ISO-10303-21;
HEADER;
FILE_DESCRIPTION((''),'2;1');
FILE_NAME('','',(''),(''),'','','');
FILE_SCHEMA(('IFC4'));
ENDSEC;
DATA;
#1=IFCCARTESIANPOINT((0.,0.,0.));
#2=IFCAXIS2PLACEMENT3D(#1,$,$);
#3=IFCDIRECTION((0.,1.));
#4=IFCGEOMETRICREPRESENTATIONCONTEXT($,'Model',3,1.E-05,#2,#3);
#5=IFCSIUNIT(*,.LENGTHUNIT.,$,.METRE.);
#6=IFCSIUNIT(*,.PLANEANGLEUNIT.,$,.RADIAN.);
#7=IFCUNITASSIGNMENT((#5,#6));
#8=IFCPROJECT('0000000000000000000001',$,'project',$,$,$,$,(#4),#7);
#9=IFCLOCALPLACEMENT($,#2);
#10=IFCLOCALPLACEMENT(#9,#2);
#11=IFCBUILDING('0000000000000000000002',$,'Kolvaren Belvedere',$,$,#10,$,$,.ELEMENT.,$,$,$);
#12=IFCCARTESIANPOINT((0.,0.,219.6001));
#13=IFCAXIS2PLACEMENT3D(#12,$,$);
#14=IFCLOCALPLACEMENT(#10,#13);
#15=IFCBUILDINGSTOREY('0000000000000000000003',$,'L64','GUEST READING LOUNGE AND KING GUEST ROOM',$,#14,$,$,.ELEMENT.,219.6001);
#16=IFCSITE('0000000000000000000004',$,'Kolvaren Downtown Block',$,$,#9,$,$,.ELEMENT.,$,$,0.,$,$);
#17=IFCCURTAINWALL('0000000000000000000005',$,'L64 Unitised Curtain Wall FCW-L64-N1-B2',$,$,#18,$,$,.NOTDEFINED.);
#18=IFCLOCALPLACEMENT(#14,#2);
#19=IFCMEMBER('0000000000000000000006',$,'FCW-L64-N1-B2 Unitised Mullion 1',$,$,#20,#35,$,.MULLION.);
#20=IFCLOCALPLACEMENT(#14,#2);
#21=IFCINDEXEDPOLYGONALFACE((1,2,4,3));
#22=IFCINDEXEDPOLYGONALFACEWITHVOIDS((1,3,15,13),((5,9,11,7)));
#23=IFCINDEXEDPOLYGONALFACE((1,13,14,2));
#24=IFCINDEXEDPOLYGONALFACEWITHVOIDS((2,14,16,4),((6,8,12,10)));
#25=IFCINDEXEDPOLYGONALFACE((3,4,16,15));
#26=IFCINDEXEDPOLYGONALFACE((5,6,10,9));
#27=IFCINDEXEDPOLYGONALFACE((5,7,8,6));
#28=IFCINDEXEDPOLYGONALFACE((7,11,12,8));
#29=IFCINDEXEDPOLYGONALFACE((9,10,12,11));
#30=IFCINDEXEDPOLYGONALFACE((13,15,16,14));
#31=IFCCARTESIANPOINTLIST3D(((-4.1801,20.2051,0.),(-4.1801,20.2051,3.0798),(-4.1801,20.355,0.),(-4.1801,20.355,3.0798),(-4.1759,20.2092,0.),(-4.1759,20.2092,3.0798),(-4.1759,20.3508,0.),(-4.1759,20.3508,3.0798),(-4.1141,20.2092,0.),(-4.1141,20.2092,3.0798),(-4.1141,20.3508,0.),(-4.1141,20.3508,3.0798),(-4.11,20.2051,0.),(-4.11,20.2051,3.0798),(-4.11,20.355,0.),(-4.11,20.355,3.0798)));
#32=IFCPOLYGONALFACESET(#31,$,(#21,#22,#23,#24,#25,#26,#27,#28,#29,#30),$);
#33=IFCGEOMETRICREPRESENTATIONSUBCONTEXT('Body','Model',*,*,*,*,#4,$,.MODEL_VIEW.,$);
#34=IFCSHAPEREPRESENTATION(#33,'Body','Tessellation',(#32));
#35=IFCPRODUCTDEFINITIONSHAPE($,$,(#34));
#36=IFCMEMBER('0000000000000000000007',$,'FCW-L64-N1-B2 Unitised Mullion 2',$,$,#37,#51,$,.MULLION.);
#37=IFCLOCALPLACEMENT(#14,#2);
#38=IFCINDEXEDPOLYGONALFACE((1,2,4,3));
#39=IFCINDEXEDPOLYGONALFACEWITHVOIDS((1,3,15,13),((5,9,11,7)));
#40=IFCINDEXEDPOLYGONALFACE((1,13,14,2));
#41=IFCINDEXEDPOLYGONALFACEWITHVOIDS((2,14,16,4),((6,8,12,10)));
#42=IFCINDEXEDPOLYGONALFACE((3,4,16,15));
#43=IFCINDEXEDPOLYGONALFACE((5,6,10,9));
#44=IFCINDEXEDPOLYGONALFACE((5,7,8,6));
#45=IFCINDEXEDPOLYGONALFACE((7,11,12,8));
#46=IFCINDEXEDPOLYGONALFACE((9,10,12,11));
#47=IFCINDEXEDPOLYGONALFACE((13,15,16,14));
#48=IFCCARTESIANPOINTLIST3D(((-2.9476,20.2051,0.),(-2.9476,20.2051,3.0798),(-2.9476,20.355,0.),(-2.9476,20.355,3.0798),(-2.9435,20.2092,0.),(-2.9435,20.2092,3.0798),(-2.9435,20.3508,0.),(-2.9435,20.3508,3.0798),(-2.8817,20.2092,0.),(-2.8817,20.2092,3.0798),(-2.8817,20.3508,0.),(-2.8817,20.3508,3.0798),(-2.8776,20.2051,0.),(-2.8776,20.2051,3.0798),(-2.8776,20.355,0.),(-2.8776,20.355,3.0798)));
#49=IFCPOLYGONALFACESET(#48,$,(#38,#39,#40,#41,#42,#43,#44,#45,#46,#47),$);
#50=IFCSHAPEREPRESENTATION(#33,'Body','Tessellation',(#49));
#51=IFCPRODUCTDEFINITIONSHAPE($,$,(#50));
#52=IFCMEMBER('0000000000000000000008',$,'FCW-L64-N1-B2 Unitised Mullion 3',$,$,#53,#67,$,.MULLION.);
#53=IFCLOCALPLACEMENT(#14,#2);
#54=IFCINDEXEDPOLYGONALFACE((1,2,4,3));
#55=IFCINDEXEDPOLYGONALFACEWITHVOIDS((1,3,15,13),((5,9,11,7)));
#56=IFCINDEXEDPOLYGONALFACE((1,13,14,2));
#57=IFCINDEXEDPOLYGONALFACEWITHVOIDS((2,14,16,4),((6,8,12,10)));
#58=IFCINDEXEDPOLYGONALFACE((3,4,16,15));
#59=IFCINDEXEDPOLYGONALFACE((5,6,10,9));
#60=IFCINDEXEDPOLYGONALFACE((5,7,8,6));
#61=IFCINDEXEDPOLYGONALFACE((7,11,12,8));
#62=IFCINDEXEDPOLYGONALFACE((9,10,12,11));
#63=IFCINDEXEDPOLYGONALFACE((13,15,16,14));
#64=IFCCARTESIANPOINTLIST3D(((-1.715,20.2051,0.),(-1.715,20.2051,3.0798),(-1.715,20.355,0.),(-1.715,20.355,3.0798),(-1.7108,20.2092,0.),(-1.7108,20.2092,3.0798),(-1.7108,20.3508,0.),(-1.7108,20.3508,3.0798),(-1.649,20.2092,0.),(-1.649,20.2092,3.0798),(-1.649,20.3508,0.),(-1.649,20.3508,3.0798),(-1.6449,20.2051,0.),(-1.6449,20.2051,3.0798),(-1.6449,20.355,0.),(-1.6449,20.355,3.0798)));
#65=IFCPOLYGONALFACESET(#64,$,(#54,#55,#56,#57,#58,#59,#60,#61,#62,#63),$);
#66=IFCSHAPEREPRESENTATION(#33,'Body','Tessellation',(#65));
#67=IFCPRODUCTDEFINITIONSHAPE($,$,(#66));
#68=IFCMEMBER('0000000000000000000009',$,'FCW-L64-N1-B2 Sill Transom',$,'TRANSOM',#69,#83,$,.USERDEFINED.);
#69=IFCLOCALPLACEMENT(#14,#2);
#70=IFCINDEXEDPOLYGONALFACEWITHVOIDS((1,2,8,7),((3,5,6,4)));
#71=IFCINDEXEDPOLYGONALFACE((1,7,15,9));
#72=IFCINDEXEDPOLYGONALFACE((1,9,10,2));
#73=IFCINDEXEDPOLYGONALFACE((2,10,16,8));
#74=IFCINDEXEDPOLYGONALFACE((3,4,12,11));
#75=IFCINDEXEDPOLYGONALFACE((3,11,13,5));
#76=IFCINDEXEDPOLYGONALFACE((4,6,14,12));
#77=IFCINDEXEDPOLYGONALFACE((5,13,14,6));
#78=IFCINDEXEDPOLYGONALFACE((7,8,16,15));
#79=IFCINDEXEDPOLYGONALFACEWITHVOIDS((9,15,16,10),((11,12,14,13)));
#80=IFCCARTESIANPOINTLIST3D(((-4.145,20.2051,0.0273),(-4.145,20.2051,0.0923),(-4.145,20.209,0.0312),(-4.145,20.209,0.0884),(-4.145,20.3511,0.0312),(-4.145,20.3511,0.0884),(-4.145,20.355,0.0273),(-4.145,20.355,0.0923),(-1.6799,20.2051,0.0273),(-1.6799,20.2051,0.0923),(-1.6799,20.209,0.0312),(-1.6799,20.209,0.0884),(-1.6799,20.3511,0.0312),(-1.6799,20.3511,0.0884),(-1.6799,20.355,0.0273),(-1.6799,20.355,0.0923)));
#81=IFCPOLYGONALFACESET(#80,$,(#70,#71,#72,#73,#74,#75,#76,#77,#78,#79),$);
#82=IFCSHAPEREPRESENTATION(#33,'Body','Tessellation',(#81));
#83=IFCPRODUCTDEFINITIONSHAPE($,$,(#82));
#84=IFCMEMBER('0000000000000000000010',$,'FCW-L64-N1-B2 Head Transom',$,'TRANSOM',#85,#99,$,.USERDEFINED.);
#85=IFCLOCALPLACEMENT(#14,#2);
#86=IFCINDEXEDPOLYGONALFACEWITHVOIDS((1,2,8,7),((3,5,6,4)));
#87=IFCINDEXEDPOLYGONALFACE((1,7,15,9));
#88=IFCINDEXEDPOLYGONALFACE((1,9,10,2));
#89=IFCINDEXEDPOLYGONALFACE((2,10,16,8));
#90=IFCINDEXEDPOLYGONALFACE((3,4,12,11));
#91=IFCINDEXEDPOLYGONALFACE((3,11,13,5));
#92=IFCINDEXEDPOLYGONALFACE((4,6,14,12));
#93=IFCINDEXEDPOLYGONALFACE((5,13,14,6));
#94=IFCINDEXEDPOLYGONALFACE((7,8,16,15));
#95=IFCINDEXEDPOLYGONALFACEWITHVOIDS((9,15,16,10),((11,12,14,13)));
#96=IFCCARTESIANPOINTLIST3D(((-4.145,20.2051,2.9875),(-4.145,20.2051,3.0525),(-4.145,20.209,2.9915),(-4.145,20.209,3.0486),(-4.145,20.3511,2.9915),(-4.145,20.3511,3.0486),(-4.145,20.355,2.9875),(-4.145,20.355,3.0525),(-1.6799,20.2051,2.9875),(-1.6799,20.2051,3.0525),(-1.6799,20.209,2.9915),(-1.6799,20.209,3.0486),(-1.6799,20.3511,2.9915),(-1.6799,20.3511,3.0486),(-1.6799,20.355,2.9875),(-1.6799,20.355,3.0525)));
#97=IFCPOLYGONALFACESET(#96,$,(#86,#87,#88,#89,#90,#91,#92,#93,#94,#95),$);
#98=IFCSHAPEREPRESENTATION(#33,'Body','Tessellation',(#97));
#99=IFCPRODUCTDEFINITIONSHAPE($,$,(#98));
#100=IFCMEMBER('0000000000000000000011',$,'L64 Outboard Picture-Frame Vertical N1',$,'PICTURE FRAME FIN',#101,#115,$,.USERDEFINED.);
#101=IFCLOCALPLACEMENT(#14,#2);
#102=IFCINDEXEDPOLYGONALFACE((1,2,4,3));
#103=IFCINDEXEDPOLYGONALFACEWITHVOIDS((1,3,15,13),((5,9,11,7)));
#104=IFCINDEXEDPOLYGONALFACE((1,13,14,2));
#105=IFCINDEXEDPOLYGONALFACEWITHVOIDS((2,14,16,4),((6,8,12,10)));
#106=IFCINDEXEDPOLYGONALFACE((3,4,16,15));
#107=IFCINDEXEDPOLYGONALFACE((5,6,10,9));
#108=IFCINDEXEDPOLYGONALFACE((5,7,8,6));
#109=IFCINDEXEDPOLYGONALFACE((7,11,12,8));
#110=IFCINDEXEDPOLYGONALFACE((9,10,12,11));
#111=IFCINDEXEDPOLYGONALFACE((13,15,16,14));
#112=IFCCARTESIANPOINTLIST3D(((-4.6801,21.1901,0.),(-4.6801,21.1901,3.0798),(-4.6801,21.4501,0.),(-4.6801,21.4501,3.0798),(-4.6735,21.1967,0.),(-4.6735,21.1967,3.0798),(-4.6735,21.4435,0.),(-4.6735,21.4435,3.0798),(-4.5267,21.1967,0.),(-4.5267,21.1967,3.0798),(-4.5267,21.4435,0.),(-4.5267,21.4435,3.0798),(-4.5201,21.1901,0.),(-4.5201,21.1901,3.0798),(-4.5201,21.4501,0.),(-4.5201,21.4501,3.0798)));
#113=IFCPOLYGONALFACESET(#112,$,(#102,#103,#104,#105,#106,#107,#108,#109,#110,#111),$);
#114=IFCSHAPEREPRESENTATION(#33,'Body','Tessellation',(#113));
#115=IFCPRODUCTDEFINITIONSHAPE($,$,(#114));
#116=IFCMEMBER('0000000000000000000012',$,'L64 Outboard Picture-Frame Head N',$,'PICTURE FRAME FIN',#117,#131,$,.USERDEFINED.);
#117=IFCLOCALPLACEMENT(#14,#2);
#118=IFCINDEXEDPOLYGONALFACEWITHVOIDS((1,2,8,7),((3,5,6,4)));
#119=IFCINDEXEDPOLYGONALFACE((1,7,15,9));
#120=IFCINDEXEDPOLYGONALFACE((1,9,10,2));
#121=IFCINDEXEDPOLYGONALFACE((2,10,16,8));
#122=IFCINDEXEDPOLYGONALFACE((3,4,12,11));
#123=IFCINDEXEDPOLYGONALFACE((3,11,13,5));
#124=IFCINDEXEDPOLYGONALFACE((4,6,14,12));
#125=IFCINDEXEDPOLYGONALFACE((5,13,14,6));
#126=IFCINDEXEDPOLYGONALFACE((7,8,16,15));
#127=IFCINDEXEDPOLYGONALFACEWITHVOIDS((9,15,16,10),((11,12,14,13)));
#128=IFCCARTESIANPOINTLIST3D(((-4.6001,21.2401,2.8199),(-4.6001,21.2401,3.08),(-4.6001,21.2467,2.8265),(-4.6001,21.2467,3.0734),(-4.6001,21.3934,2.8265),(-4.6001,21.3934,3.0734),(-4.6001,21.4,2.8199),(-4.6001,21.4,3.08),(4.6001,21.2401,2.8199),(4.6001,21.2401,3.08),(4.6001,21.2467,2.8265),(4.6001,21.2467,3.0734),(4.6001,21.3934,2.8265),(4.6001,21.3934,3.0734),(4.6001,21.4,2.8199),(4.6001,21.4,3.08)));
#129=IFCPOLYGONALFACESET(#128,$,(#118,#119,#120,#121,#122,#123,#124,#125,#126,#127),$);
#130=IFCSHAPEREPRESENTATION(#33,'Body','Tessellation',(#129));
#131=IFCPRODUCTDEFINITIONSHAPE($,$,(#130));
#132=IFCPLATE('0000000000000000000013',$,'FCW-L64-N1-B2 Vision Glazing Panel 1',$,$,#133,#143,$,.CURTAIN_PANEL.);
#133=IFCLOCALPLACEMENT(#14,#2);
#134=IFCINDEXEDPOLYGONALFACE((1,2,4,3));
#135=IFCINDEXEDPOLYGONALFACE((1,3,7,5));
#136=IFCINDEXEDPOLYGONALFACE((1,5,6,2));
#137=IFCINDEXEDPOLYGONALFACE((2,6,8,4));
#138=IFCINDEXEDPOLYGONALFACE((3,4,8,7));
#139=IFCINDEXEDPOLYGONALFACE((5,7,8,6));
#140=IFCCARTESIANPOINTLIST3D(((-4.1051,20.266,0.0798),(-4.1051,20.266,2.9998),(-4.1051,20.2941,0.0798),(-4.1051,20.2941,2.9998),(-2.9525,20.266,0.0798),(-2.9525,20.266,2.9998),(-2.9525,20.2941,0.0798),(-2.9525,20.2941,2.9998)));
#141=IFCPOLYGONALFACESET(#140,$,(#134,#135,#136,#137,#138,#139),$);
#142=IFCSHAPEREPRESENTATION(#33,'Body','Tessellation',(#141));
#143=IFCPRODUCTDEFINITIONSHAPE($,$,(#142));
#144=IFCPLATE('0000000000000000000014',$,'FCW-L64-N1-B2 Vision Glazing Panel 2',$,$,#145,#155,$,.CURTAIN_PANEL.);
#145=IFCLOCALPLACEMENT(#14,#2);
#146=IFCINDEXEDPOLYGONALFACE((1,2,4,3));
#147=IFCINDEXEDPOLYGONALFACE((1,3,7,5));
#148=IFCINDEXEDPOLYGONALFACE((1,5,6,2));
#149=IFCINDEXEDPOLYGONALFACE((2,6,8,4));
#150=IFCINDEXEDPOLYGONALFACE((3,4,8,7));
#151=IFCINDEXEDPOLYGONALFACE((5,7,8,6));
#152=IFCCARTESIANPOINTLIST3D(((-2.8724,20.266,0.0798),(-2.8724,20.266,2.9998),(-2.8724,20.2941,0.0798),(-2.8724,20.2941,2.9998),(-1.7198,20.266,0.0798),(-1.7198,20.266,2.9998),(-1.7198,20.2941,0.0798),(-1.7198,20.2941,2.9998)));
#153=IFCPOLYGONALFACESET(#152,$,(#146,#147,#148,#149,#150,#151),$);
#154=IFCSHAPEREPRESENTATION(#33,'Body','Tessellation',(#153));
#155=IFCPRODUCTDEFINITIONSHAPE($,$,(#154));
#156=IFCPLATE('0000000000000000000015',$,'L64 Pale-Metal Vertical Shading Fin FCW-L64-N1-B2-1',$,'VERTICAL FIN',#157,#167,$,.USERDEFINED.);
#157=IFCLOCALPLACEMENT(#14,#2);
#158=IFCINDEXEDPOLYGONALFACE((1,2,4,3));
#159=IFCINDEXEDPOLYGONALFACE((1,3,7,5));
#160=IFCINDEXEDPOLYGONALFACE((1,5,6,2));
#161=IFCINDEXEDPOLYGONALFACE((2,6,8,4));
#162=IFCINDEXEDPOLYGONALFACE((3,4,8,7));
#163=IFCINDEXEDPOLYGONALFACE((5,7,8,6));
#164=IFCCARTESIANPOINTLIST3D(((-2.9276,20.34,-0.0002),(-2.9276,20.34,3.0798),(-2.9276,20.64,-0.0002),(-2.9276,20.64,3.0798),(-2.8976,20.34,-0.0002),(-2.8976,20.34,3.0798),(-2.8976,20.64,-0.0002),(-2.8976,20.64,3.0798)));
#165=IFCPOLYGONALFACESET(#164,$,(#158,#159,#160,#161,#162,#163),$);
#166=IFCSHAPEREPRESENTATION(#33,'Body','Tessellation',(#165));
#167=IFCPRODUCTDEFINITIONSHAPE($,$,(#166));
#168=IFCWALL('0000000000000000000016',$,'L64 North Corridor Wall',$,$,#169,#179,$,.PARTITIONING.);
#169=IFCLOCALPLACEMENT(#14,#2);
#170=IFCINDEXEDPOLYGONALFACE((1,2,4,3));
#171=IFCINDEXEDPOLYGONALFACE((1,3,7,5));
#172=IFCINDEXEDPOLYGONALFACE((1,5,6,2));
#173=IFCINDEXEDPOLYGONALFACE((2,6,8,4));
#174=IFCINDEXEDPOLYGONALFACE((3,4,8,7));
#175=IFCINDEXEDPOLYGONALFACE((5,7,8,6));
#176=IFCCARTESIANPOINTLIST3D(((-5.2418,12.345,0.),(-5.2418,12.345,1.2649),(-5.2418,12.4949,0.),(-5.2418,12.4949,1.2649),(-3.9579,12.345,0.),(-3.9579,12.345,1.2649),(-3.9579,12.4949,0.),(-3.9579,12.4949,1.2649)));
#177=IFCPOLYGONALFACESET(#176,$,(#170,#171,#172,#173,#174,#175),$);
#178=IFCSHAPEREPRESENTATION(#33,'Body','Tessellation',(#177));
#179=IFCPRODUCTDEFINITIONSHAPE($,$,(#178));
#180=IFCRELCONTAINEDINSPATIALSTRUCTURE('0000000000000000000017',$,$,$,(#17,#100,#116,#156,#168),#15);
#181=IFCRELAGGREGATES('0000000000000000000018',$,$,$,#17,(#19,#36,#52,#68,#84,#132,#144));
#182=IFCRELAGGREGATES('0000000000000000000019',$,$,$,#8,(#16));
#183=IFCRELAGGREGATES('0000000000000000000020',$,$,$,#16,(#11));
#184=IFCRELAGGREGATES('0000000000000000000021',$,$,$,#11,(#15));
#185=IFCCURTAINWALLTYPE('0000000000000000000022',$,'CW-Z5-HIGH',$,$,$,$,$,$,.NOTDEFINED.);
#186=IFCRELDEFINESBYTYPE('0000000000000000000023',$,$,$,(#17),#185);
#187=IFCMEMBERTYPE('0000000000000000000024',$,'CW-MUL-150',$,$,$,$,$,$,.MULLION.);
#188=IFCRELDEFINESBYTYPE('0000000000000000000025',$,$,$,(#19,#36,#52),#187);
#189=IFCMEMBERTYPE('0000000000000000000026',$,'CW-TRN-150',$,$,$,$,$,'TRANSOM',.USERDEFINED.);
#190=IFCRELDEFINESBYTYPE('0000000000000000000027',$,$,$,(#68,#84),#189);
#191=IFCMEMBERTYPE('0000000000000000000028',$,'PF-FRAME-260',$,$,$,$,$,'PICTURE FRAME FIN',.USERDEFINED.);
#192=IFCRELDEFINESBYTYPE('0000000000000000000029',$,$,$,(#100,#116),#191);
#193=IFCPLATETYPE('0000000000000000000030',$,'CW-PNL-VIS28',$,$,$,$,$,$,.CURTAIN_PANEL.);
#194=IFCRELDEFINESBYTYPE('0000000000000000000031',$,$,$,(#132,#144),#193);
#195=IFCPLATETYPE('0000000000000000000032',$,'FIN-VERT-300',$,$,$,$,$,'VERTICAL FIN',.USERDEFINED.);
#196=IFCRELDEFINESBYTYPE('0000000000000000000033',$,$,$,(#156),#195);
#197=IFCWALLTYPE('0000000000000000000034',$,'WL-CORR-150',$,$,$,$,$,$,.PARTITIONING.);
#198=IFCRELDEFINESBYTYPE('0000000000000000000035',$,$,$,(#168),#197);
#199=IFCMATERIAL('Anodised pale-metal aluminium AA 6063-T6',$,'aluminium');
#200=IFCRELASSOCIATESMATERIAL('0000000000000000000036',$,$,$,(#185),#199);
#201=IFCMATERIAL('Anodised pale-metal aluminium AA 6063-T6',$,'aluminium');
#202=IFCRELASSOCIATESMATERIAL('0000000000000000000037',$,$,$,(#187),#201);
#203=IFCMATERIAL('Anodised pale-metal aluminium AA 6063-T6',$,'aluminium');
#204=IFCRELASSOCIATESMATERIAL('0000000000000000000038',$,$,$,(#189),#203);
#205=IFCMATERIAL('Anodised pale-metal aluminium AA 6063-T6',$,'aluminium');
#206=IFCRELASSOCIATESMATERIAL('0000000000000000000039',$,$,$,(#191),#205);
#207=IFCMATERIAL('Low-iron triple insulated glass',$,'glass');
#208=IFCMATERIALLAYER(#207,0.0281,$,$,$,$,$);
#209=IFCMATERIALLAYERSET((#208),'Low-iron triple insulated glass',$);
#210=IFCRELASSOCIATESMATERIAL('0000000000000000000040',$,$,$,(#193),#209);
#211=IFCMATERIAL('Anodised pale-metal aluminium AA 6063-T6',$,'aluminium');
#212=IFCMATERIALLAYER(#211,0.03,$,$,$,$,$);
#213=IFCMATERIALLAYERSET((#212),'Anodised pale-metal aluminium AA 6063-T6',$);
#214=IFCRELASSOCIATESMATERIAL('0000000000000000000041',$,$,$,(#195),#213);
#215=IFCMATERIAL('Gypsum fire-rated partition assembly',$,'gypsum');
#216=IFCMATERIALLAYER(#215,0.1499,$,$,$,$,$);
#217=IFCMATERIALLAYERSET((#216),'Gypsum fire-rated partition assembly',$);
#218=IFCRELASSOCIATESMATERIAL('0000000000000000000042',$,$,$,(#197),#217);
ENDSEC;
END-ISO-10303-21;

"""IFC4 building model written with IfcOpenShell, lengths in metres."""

from ifc_helpers import new_model, si_unit, direction, frame, frame_2d, origin, origin_2d, place, context, subcontext, project, spatial, rectangle, hollow_rectangle, extrude, material, layer, layer_set, material_profile, profile_set, type_object, element, aggregate, save


model = new_model("IFC4")

# Units and contexts
model_context = context("Model", 3, precision=1e-05, world=origin(), true_north=direction((0.0, 1.0)))
body_context = subcontext(model_context, "Body", "Model", "MODEL_VIEW")
ifc_project = project(units=[si_unit("LENGTHUNIT", "METRE"), si_unit("PLANEANGLEUNIT", "RADIAN")], contexts=[model_context])

# Site, building, storey
site_placement = place(None, origin())
site = spatial("IfcSite", under=ifc_project, at=site_placement, Name="Kolvaren Downtown Block", CompositionType="ELEMENT", RefElevation=0.0)
building_placement = place(site_placement, origin())
building = spatial("IfcBuilding", under=site, at=building_placement, Name="Kolvaren Belvedere", CompositionType="ELEMENT")
storey_placement = place(building_placement, frame((0.0, 0.0, 219.6001)))
storey = spatial("IfcBuildingStorey", under=building, at=storey_placement, Name="L64", Description="GUEST READING LOUNGE AND KING GUEST ROOM", CompositionType="ELEMENT", Elevation=219.6001)

# Shared definitions
ifc_material_1 = material(Name="Anodised pale-metal aluminium AA 6063-T6", Category="aluminium")
curtain_wall_type = type_object("IfcCurtainWallType", Name="CW-Z5-HIGH", PredefinedType="NOTDEFINED", material=ifc_material_1)
ifc_material_2 = material(Name="Anodised pale-metal aluminium AA 6063-T6", Category="aluminium")
ifc_material_profile_1 = material_profile(ifc_material_2, hollow_rectangle(XDim=0.0701, YDim=0.1499, WallThickness=0.0042, at=origin_2d()), Name="ALU-MUL-150X70")
ifc_profile_set_1 = profile_set([ifc_material_profile_1], Name="Anodised pale-metal aluminium AA 6063-T6")
member_type_1 = type_object("IfcMemberType", Name="CW-MUL-150", PredefinedType="MULLION", material=ifc_profile_set_1)

# Curtain wall, members
curtain_wall_1_placement = place(storey_placement, origin())
curtain_wall_1 = element("IfcCurtainWall", 1, at=curtain_wall_1_placement, inside=storey, type_object=curtain_wall_type, Name="L64 Unitised Curtain Wall FCW-L64-N1-B2", PredefinedType="NOTDEFINED")
member_1_placement = place(storey_placement, frame((-4.145, 20.28, 0.0), z_axis=(0.0, 0.0, 1.0), x_axis=(1.0, 0.0, 0.0)))
member_1 = element("IfcMember", 2, at=member_1_placement, type_object=member_type_1, Name="FCW-L64-N1-B2 Unitised Mullion 1", PredefinedType="MULLION", context=body_context, shape_type="SweptSolid", body=[
    extrude(hollow_rectangle(XDim=0.0701, YDim=0.1499, WallThickness=0.0042, at=origin_2d()), origin(), (0.0, 0.0, 1.0), 3.0798),
])
member_2_placement = place(storey_placement, frame((-2.9126, 20.28, 0.0), z_axis=(0.0, 0.0, 1.0), x_axis=(1.0, 0.0, 0.0)))
member_2 = element("IfcMember", 3, at=member_2_placement, type_object=member_type_1, Name="FCW-L64-N1-B2 Unitised Mullion 2", PredefinedType="MULLION", context=body_context, shape_type="SweptSolid", body=[
    extrude(hollow_rectangle(XDim=0.0701, YDim=0.1499, WallThickness=0.0042, at=origin_2d()), origin(), (0.0, 0.0, 1.0), 3.0798),
])
member_3_placement = place(storey_placement, frame((-1.6799, 20.28, 0.0), z_axis=(0.0, 0.0, 1.0), x_axis=(1.0, 0.0, 0.0)))
member_3 = element("IfcMember", 4, at=member_3_placement, type_object=member_type_1, Name="FCW-L64-N1-B2 Unitised Mullion 3", PredefinedType="MULLION", context=body_context, shape_type="SweptSolid", body=[
    extrude(hollow_rectangle(XDim=0.0701, YDim=0.1499, WallThickness=0.0042, at=origin_2d()), origin(), (0.0, 0.0, 1.0), 3.0798),
])
ifc_material_3 = material(Name="Anodised pale-metal aluminium AA 6063-T6", Category="aluminium")
ifc_material_profile_2 = material_profile(ifc_material_3, hollow_rectangle(XDim=0.0649, YDim=0.1499, WallThickness=0.0039, at=origin_2d()), Name="ALU-TRN-150X65")
ifc_profile_set_2 = profile_set([ifc_material_profile_2], Name="Anodised pale-metal aluminium AA 6063-T6")
member_type_2 = type_object("IfcMemberType", Name="CW-TRN-150", ElementType="TRANSOM", PredefinedType="USERDEFINED", material=ifc_profile_set_2)
member_4_placement = place(storey_placement, frame((-4.145, 20.28, 0.0598), z_axis=(1.0, 0.0, 0.0), x_axis=(0.0, 0.0, 1.0)))
member_4 = element("IfcMember", 5, at=member_4_placement, type_object=member_type_2, Name="FCW-L64-N1-B2 Sill Transom", ObjectType="TRANSOM", PredefinedType="USERDEFINED", context=body_context, shape_type="SweptSolid", body=[
    extrude(hollow_rectangle(XDim=0.0649, YDim=0.1499, WallThickness=0.0039, at=origin_2d()), origin(), (0.0, 0.0, 1.0), 2.4651),
])
member_5_placement = place(storey_placement, frame((-4.145, 20.28, 3.02), z_axis=(1.0, 0.0, 0.0), x_axis=(0.0, 0.0, 1.0)))
member_5 = element("IfcMember", 6, at=member_5_placement, type_object=member_type_2, Name="FCW-L64-N1-B2 Head Transom", ObjectType="TRANSOM", PredefinedType="USERDEFINED", context=body_context, shape_type="SweptSolid", body=[
    extrude(hollow_rectangle(XDim=0.0649, YDim=0.1499, WallThickness=0.0039, at=origin_2d()), origin(), (0.0, 0.0, 1.0), 2.4651),
])

# Members
ifc_material_4 = material(Name="Anodised pale-metal aluminium AA 6063-T6", Category="aluminium")
ifc_material_profile_3 = material_profile(ifc_material_4, hollow_rectangle(XDim=0.1599, YDim=0.26, WallThickness=0.0066, at=origin_2d()), Name="ALU-PF-260X160")
ifc_profile_set_3 = profile_set([ifc_material_profile_3], Name="Anodised pale-metal aluminium AA 6063-T6")
member_type_3 = type_object("IfcMemberType", Name="PF-FRAME-260", ElementType="PICTURE FRAME FIN", PredefinedType="USERDEFINED", material=ifc_profile_set_3)
member_6_placement = place(storey_placement, frame((-4.6001, 21.3201, 0.0), z_axis=(0.0, 0.0, 1.0), x_axis=(1.0, 0.0, 0.0)))
element("IfcMember", 7, at=member_6_placement, inside=storey, type_object=member_type_3, Name="L64 Outboard Picture-Frame Vertical N1", ObjectType="PICTURE FRAME FIN", PredefinedType="USERDEFINED", context=body_context, shape_type="SweptSolid", body=[
    extrude(hollow_rectangle(XDim=0.1599, YDim=0.26, WallThickness=0.0066, at=origin_2d()), origin(), (0.0, 0.0, 1.0), 3.0798),
])
member_7_placement = place(storey_placement, frame((-4.6001, 21.3201, 2.95), z_axis=(1.0, 0.0, 0.0), x_axis=(0.0, 1.0, 0.0)))
element("IfcMember", 8, at=member_7_placement, inside=storey, type_object=member_type_3, Name="L64 Outboard Picture-Frame Head N", ObjectType="PICTURE FRAME FIN", PredefinedType="USERDEFINED", context=body_context, shape_type="SweptSolid", body=[
    extrude(hollow_rectangle(XDim=0.1599, YDim=0.26, WallThickness=0.0066, at=origin_2d()), origin(), (0.0, 0.0, 1.0), 9.2002),
])

# Plates
ifc_material_5 = material(Name="Low-iron triple insulated glass", Category="glass")
ifc_layer_1 = layer(ifc_material_5, 0.0281)
ifc_layer_set_1 = layer_set([ifc_layer_1], Name="Low-iron triple insulated glass")
plate_type_1 = type_object("IfcPlateType", Name="CW-PNL-VIS28", PredefinedType="CURTAIN_PANEL", material=ifc_layer_set_1)
plate_1_placement = place(storey_placement, frame((-3.5288, 20.28, 0.0798), z_axis=(0.0, 0.0, 1.0), x_axis=(1.0, 0.0, 0.0)))
plate_1 = element("IfcPlate", 9, at=plate_1_placement, type_object=plate_type_1, Name="FCW-L64-N1-B2 Vision Glazing Panel 1", PredefinedType="CURTAIN_PANEL", context=body_context, shape_type="SweptSolid", body=[
    extrude(rectangle(XDim=1.1526, YDim=0.0281, at=origin_2d()), origin(), (0.0, 0.0, 1.0), 2.9199),
])
plate_2_placement = place(storey_placement, frame((-2.2961, 20.28, 0.0798), z_axis=(0.0, 0.0, 1.0), x_axis=(1.0, 0.0, 0.0)))
plate_2 = element("IfcPlate", 10, at=plate_2_placement, type_object=plate_type_1, Name="FCW-L64-N1-B2 Vision Glazing Panel 2", PredefinedType="CURTAIN_PANEL", context=body_context, shape_type="SweptSolid", body=[
    extrude(rectangle(XDim=1.1526, YDim=0.0281, at=origin_2d()), origin(), (0.0, 0.0, 1.0), 2.9199),
])
aggregate(curtain_wall_1, [member_1, member_2, member_3, member_4, member_5, plate_1, plate_2])
ifc_material_6 = material(Name="Anodised pale-metal aluminium AA 6063-T6", Category="aluminium")
ifc_layer_2 = layer(ifc_material_6, 0.03)
ifc_layer_set_2 = layer_set([ifc_layer_2], Name="Anodised pale-metal aluminium AA 6063-T6")
plate_type_2 = type_object("IfcPlateType", Name="FIN-VERT-300", ElementType="VERTICAL FIN", PredefinedType="USERDEFINED", material=ifc_layer_set_2)
plate_3_placement = place(storey_placement, frame((-2.9126, 20.49, -0.0002), z_axis=(0.0, 0.0, 1.0), x_axis=(0.0, 1.0, 0.0)))
element("IfcPlate", 11, at=plate_3_placement, inside=storey, type_object=plate_type_2, Name="L64 Pale-Metal Vertical Shading Fin FCW-L64-N1-B2-1", ObjectType="VERTICAL FIN", PredefinedType="USERDEFINED", context=body_context, shape_type="SweptSolid", body=[
    extrude(rectangle(XDim=0.3, YDim=0.03, at=origin_2d()), origin(), (0.0, 0.0, 1.0), 3.0801),
])

# Wall
ifc_material_7 = material(Name="Gypsum fire-rated partition assembly", Category="gypsum")
ifc_layer_3 = layer(ifc_material_7, 0.1499)
ifc_layer_set_3 = layer_set([ifc_layer_3], Name="Gypsum fire-rated partition assembly")
wall_type_1 = type_object("IfcWallType", Name="WL-CORR-150", PredefinedType="PARTITIONING", material=ifc_layer_set_3)
wall_1_placement = place(storey_placement, frame((-5.2419, 12.4199, 0.0), z_axis=(0.0, 0.0, 1.0), x_axis=(1.0, 0.0, 0.0)))
element("IfcWall", 12, at=wall_1_placement, inside=storey, type_object=wall_type_1, Name="L64 North Corridor Wall", PredefinedType="PARTITIONING", context=body_context, shape_type="SweptSolid", body=[
    extrude(rectangle(XDim=1.2839, YDim=0.1499, at=frame_2d((0.6421, 0.0))), origin(), (0.0, 0.0, 1.0), 1.2649),
])

save(model, "model.ifc")
